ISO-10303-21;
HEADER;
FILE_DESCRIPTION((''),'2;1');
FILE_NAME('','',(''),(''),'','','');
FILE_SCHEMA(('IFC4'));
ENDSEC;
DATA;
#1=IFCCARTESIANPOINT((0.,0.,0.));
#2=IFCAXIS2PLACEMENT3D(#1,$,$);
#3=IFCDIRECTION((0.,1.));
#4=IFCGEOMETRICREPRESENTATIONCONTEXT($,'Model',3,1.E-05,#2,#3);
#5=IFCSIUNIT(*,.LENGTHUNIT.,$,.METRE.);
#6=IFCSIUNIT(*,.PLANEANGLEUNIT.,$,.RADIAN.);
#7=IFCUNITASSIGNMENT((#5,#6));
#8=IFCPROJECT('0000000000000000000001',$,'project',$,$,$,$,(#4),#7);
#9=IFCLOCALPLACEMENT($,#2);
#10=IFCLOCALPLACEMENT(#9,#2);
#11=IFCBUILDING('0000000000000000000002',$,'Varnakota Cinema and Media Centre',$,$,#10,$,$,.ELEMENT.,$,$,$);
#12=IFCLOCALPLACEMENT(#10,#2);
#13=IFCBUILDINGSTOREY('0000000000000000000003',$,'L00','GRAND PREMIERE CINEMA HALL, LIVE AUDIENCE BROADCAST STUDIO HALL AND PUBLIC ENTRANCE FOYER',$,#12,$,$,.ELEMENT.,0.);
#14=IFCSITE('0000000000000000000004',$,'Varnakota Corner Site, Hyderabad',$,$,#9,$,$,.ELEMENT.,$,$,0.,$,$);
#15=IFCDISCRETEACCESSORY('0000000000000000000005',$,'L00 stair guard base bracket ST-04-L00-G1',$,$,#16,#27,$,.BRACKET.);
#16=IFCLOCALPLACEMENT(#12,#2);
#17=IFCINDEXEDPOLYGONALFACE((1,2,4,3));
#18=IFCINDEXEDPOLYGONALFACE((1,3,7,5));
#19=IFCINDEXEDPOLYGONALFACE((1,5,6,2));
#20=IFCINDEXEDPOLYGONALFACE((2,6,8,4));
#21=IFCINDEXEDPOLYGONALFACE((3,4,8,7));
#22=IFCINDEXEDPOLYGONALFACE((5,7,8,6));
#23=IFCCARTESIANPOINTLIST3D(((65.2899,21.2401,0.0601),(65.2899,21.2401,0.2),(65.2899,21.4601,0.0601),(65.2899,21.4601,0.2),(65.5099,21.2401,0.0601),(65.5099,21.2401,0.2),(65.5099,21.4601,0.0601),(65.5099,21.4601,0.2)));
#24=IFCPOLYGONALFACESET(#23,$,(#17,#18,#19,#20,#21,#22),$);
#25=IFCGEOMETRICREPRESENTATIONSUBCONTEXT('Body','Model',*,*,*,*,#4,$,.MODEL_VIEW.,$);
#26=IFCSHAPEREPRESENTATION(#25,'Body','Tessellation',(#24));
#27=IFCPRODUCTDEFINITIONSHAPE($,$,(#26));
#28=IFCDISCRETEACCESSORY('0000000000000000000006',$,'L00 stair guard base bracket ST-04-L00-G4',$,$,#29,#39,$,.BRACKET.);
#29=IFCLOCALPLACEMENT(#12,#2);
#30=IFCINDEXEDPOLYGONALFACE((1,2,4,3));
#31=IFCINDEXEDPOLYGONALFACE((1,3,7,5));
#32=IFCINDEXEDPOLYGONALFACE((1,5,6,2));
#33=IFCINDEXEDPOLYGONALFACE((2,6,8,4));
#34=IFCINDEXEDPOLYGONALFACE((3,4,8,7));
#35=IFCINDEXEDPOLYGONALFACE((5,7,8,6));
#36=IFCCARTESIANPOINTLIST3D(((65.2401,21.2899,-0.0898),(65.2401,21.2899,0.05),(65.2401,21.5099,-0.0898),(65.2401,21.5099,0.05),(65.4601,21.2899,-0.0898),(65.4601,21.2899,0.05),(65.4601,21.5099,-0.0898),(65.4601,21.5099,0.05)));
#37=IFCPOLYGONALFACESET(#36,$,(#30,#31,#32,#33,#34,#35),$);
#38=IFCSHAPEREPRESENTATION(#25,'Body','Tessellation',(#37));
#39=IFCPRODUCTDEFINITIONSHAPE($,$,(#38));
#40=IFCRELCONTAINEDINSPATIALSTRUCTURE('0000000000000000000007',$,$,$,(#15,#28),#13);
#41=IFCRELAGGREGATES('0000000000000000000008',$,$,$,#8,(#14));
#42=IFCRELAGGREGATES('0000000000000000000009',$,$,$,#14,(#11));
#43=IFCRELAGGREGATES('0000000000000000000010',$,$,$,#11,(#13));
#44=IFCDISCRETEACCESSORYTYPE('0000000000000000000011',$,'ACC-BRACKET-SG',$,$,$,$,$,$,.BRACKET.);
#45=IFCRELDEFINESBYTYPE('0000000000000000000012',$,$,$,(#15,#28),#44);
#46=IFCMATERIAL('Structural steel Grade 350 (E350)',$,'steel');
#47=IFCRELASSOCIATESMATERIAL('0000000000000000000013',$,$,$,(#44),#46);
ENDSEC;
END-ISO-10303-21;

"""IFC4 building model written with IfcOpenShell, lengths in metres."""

from ifc_helpers import new_model, si_unit, direction, frame, origin, origin_2d, place, context, subcontext, project, spatial, rectangle, extrude, material, type_object, element, save


model = new_model("IFC4")

# Units and contexts
model_context = context("Model", 3, precision=1e-05, world=origin(), true_north=direction((0.0, 1.0)))
body_context = subcontext(model_context, "Body", "Model", "MODEL_VIEW")
ifc_project = project(units=[si_unit("LENGTHUNIT", "METRE"), si_unit("PLANEANGLEUNIT", "RADIAN")], contexts=[model_context])

# Site, building, storey
site_placement = place(None, origin())
site = spatial("IfcSite", under=ifc_project, at=site_placement, Name="Varnakota Corner Site, Hyderabad", CompositionType="ELEMENT", RefElevation=0.0)
building_placement = place(site_placement, origin())
building = spatial("IfcBuilding", under=site, at=building_placement, Name="Varnakota Cinema and Media Centre", CompositionType="ELEMENT")
storey_placement = place(building_placement, origin())
storey = spatial("IfcBuildingStorey", under=building, at=storey_placement, Name="L00", Description="GRAND PREMIERE CINEMA HALL, LIVE AUDIENCE BROADCAST STUDIO HALL AND PUBLIC ENTRANCE FOYER", CompositionType="ELEMENT", Elevation=0.0)

# Discrete accessories
ifc_material_1 = material(Name="Structural steel Grade 350 (E350)", Category="steel")
discrete_accessory_type = type_object("IfcDiscreteAccessoryType", Name="ACC-BRACKET-SG", PredefinedType="BRACKET", material=ifc_material_1)
for number, where, z_axis, x_axis, name in (
    (1, (65.3999, 21.3501, 0.0601), (0.0, 0.0, 1.0), (1.0, 0.0, 0.0), "L00 stair guard base bracket ST-04-L00-G1"),
    (2, (65.3501, 21.3999, -0.0898), (0.0, 0.0, 1.0), (1.0, 0.0, 0.0), "L00 stair guard base bracket ST-04-L00-G4"),
):
    element("IfcDiscreteAccessory", number, at=place(storey_placement, frame(where, z_axis=z_axis, x_axis=x_axis)), inside=storey, type_object=discrete_accessory_type, Name=name, PredefinedType="BRACKET", context=body_context, shape_type="SweptSolid", body=[
        extrude(rectangle(XDim=0.22, YDim=0.22, at=origin_2d()), origin(), (0.0, 0.0, 1.0), 0.1399),
    ])

save(model, "model.ifc")
